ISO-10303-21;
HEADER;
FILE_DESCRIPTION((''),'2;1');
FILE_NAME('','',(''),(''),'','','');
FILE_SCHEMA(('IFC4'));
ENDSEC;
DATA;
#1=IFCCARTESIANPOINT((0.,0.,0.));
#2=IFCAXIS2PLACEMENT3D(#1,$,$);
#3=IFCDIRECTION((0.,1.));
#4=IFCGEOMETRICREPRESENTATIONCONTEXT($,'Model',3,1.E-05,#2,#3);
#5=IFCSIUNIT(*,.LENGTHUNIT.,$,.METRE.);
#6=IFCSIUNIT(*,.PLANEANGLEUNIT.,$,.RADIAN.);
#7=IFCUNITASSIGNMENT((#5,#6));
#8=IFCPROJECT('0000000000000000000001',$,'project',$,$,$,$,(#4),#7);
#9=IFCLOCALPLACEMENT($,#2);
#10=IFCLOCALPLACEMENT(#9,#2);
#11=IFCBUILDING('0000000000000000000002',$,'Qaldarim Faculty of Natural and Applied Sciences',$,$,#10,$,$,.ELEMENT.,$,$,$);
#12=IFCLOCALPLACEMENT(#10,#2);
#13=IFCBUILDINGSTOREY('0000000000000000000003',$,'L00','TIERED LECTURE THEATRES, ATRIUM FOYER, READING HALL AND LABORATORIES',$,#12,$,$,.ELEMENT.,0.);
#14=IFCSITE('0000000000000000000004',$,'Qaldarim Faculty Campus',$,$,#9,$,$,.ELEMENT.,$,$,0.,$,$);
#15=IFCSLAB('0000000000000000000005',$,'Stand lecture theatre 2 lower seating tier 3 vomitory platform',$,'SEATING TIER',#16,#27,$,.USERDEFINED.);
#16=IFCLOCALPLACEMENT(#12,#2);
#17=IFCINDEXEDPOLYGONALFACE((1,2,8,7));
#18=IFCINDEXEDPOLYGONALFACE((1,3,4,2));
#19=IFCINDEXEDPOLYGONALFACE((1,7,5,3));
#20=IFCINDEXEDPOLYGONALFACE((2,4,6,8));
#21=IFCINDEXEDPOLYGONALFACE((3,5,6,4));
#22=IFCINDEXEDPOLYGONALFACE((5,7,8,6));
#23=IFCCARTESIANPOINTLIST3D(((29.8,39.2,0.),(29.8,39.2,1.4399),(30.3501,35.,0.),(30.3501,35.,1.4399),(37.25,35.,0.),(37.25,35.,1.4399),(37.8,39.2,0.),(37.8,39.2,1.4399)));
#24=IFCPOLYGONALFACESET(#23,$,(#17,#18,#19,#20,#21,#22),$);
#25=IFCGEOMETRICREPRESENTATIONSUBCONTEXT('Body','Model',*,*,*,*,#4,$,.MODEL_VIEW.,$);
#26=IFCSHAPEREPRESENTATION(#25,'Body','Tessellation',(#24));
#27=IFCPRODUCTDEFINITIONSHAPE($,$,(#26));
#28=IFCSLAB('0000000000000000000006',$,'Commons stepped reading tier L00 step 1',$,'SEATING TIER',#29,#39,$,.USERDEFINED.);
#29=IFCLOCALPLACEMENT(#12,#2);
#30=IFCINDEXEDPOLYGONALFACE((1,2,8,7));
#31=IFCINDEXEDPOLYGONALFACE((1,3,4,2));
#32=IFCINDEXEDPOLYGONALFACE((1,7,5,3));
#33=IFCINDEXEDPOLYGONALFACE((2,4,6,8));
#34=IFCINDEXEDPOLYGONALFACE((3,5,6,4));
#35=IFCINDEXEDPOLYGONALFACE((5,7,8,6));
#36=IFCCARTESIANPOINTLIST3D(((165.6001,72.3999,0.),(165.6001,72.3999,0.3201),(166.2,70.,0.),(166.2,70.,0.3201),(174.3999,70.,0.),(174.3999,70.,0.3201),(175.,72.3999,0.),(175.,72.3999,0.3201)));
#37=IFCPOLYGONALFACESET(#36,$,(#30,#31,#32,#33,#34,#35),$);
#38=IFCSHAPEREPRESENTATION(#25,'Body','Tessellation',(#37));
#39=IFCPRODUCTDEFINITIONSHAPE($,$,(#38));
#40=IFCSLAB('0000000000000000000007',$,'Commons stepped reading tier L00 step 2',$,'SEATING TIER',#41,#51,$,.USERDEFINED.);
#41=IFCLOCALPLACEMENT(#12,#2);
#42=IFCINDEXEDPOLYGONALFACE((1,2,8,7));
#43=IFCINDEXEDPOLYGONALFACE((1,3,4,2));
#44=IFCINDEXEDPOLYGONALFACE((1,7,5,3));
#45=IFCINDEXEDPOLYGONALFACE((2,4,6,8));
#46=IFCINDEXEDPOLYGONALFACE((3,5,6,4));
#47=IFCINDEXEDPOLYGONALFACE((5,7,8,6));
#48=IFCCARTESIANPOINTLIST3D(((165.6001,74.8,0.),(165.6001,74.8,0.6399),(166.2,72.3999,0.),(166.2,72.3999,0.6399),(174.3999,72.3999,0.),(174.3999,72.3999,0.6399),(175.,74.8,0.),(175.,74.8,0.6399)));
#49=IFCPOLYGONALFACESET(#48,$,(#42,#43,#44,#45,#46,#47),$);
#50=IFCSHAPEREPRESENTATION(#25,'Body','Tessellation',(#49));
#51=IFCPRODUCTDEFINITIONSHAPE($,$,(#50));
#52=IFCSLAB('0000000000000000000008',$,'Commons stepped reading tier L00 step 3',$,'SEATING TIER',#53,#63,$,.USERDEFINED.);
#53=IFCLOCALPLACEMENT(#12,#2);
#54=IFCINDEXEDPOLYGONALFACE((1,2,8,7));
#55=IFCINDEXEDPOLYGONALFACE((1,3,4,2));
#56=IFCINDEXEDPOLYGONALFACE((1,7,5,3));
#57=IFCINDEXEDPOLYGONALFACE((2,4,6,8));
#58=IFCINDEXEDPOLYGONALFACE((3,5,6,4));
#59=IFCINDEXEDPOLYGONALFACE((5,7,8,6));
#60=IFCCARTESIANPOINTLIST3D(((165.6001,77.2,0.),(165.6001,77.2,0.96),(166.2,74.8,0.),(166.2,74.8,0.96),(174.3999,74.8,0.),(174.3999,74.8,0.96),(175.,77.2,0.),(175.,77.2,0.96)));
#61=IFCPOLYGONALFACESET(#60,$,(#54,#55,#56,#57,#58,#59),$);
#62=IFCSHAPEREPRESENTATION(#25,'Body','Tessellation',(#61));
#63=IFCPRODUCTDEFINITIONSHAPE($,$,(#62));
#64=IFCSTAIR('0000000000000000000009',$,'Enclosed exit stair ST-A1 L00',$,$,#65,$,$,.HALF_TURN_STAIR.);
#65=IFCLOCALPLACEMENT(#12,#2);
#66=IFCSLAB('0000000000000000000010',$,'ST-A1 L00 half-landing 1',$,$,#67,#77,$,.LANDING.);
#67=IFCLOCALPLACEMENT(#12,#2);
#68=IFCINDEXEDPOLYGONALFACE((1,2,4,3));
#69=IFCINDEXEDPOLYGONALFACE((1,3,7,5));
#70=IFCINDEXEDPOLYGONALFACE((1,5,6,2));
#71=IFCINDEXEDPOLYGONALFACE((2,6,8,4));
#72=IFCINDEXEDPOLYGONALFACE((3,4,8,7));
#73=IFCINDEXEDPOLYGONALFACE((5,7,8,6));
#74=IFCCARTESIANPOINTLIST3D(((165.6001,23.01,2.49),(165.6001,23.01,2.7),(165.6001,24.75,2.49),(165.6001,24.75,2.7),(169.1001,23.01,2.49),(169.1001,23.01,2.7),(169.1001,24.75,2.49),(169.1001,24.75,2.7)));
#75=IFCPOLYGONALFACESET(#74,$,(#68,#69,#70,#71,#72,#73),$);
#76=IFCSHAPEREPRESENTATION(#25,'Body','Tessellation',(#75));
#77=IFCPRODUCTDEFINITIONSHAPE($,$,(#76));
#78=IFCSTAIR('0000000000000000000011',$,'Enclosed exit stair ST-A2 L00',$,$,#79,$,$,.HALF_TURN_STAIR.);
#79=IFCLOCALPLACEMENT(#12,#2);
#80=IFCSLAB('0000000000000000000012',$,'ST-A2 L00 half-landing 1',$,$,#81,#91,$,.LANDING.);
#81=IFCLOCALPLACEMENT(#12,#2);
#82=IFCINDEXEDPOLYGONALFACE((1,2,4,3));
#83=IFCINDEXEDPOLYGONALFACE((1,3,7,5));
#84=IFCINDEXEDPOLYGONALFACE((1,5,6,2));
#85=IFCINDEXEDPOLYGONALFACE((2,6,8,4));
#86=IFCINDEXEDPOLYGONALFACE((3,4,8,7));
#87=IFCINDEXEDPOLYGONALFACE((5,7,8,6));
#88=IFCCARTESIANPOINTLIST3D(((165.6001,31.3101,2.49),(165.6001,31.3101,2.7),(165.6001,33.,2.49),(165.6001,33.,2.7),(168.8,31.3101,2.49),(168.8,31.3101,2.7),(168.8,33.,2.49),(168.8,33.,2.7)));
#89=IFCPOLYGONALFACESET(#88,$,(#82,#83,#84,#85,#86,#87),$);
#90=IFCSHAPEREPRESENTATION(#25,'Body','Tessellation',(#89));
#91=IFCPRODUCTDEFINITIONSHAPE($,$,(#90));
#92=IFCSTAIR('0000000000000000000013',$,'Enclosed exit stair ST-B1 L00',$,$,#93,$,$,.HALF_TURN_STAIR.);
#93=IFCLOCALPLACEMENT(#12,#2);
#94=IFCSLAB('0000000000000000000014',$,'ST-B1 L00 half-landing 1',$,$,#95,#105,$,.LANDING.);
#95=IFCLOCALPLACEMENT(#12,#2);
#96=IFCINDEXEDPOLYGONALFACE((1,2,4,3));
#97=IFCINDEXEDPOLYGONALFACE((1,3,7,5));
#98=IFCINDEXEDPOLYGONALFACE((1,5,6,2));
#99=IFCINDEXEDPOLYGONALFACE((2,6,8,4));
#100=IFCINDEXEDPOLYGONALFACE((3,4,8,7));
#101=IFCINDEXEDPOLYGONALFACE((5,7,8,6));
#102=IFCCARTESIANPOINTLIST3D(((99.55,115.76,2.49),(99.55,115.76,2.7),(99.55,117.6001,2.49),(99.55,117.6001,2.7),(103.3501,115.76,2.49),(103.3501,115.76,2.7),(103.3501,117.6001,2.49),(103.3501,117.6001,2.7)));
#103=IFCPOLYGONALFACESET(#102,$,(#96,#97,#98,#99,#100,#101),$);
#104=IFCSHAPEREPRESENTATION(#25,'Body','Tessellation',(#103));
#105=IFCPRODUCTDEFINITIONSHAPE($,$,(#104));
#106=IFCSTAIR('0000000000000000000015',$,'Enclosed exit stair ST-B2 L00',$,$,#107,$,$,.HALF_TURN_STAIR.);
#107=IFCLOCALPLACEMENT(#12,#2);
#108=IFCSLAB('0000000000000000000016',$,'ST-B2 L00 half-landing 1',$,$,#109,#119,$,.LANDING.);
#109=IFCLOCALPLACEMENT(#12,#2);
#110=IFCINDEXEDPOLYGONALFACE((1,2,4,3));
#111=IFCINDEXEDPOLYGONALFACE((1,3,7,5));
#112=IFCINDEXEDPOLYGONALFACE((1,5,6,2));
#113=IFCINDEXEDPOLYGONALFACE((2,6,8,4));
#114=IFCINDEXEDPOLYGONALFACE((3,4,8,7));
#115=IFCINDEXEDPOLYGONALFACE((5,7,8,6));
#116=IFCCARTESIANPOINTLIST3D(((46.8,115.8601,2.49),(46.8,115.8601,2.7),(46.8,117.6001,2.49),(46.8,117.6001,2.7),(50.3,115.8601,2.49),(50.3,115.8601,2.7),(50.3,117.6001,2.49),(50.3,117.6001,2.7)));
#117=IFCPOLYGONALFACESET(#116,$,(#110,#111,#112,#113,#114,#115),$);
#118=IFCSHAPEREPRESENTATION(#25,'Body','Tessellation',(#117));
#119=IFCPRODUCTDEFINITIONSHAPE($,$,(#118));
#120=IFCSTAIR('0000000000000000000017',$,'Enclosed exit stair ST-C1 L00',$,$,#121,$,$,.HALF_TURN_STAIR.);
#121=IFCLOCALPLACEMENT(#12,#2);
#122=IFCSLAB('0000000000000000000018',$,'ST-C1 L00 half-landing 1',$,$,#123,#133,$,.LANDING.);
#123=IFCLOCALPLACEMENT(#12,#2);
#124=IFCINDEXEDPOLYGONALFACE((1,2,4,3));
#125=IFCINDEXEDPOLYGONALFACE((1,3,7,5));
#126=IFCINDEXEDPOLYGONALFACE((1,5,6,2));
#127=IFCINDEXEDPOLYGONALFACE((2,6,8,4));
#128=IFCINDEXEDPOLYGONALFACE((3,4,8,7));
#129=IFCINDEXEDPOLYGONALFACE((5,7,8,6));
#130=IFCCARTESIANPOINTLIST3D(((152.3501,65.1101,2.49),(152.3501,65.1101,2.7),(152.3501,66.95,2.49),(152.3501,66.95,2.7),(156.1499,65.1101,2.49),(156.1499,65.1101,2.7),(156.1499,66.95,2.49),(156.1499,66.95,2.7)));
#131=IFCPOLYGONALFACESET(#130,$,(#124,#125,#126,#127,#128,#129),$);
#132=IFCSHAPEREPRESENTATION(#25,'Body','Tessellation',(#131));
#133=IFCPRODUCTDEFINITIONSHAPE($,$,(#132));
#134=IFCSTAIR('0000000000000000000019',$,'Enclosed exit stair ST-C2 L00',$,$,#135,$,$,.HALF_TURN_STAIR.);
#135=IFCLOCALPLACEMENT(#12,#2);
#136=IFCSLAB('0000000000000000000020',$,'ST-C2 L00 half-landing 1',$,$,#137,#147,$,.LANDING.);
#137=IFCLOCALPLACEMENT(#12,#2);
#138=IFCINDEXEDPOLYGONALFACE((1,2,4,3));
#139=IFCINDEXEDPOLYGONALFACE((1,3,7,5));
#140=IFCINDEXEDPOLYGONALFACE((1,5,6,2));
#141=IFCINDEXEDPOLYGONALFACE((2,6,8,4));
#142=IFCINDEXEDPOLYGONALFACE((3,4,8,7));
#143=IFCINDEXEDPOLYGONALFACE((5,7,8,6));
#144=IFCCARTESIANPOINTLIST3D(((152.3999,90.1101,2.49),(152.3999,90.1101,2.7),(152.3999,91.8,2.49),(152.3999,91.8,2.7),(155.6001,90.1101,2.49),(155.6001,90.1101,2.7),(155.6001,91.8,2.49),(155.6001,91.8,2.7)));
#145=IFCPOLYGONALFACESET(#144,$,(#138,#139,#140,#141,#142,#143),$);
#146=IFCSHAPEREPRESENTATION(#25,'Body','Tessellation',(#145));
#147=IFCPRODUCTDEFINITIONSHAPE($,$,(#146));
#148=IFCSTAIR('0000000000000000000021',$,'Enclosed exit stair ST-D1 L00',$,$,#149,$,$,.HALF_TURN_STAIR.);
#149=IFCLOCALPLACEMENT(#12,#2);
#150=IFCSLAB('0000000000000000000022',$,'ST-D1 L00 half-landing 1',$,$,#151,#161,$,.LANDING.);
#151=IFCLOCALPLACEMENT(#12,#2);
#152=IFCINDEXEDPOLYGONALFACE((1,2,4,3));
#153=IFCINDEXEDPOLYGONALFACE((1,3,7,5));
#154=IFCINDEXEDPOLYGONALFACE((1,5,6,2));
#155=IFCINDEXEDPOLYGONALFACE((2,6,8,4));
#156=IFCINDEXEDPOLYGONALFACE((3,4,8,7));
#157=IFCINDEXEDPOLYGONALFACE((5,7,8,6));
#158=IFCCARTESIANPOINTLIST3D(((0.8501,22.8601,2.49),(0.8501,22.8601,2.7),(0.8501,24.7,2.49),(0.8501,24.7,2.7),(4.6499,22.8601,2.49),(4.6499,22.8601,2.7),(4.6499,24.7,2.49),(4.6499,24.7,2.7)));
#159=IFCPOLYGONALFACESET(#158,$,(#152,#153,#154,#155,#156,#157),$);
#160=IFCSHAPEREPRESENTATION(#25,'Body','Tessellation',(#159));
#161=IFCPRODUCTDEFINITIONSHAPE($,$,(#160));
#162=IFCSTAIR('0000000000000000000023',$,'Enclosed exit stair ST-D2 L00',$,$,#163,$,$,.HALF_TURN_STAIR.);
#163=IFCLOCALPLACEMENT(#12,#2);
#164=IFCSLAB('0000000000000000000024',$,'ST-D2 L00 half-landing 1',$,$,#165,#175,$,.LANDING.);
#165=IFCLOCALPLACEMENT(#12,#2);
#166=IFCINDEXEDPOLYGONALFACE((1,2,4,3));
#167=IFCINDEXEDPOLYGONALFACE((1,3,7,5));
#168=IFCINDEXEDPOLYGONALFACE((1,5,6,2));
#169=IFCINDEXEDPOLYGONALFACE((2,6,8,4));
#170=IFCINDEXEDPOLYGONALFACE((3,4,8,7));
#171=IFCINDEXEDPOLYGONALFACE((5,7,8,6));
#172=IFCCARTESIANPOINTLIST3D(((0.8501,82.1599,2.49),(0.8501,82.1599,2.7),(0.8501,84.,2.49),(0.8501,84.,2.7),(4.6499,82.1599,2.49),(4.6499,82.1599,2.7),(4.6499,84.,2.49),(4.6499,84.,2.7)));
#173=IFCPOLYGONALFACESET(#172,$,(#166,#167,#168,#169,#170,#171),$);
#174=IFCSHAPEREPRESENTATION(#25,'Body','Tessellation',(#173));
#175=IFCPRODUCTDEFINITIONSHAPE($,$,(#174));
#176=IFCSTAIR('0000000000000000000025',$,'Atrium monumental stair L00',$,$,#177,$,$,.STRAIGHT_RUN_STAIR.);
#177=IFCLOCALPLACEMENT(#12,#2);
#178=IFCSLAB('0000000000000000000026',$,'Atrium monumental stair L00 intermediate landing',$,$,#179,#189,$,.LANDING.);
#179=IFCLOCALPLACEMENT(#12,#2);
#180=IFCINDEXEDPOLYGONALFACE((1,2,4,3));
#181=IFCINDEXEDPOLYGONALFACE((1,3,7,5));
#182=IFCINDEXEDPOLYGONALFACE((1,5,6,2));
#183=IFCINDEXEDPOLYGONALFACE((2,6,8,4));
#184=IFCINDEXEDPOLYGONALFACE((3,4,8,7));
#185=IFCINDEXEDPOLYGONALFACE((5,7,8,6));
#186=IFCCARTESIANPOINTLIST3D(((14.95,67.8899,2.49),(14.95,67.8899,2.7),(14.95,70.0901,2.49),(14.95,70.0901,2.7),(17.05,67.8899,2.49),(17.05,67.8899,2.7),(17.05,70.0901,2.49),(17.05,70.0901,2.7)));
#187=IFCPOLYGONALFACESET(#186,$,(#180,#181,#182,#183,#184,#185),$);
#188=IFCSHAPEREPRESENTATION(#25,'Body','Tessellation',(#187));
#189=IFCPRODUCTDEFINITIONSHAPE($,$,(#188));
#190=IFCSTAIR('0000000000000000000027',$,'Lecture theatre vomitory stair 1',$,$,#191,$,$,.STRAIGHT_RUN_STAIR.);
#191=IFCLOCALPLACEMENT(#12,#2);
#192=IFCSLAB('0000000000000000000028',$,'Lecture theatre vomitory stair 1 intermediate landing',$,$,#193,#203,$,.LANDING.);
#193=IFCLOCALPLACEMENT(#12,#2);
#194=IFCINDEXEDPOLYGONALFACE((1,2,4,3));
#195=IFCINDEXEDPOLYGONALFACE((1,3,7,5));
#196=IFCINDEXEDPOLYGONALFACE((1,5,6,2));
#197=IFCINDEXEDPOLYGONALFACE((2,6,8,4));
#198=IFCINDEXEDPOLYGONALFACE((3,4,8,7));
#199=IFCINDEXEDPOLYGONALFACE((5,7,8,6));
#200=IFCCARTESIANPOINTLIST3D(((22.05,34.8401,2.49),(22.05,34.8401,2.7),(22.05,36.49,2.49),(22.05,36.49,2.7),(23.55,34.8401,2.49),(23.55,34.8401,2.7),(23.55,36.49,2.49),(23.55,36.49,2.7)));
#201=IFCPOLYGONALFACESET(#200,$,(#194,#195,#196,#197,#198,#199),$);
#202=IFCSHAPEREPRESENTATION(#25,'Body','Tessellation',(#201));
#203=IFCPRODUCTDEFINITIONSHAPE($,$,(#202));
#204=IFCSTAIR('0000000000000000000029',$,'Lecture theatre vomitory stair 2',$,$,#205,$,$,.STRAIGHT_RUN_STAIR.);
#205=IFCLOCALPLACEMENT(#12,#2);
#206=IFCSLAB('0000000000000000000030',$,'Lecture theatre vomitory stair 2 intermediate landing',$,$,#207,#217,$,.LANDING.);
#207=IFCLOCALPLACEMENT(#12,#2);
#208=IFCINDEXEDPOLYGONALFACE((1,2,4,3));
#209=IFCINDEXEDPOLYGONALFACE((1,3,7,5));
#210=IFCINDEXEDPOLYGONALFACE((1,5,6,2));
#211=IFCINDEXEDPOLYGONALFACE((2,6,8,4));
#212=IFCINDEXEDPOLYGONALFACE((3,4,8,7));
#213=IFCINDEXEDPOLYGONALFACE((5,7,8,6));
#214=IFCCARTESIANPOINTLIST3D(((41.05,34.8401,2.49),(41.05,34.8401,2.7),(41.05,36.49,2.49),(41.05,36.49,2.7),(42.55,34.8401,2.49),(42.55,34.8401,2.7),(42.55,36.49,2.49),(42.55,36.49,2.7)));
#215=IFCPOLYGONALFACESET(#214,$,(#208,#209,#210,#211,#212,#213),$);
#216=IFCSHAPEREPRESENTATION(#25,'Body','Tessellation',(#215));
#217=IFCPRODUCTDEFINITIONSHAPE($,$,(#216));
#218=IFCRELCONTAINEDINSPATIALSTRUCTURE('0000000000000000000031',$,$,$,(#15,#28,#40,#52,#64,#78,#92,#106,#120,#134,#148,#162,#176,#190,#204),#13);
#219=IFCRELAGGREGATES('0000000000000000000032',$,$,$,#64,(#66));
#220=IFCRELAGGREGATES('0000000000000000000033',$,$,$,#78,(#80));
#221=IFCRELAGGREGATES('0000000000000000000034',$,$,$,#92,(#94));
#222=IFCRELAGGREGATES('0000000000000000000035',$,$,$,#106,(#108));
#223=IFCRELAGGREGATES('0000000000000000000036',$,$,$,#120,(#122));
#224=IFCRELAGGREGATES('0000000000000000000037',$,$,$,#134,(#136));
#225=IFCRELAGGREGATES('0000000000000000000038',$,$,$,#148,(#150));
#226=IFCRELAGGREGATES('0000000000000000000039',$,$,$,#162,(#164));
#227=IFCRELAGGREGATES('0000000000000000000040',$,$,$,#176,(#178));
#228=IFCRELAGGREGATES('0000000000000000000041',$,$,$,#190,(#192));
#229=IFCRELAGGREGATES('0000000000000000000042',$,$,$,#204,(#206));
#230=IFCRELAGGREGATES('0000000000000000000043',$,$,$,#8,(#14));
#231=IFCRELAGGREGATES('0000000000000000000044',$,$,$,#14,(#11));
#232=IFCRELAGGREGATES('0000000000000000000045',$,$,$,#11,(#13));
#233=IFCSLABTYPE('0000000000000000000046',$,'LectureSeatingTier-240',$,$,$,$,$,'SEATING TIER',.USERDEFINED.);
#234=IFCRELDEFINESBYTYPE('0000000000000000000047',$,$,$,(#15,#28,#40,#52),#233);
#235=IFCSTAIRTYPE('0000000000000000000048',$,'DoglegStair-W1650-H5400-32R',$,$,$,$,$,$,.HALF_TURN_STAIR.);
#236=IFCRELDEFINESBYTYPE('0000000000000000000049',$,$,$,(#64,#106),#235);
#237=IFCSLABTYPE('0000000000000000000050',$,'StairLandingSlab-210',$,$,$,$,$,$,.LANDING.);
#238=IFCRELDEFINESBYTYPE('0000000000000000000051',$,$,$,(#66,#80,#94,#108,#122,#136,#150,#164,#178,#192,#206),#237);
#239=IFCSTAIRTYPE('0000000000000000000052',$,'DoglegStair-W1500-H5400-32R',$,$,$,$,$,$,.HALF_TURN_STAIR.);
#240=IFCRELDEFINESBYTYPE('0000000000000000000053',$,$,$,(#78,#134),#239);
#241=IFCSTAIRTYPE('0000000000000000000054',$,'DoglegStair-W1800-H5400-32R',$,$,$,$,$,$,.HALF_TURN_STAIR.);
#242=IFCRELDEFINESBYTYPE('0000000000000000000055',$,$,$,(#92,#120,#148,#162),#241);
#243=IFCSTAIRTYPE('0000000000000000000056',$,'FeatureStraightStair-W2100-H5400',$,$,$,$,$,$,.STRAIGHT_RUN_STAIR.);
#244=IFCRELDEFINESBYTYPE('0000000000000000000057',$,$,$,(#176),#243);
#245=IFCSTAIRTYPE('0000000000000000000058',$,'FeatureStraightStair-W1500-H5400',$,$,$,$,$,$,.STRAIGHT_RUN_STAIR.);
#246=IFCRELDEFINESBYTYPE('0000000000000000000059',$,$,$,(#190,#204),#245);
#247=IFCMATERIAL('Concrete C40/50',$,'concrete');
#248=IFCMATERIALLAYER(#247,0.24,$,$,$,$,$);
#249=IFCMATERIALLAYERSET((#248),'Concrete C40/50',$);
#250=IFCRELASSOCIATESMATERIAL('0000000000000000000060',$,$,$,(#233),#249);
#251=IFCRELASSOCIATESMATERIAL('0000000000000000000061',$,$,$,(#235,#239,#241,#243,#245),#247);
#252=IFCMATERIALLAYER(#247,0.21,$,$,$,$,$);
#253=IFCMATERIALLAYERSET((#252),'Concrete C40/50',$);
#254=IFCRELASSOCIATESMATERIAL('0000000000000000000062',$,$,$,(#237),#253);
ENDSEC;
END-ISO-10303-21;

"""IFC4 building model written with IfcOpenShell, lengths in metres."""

from ifc_helpers import new_model, si_unit, direction, frame, origin, place, context, subcontext, project, spatial, polyline, outline, extrude, material, layer, layer_set, type_object, element, aggregate, save


model = new_model("IFC4")

# Units and contexts
model_context = context("Model", 3, precision=1e-05, world=origin(), true_north=direction((0.0, 1.0)))
body_context = subcontext(model_context, "Body", "Model", "MODEL_VIEW")
ifc_project = project(units=[si_unit("LENGTHUNIT", "METRE"), si_unit("PLANEANGLEUNIT", "RADIAN")], contexts=[model_context])

# Site, building, storey
site_placement = place(None, origin())
site = spatial("IfcSite", under=ifc_project, at=site_placement, Name="Qaldarim Faculty Campus", CompositionType="ELEMENT", RefElevation=0.0)
building_placement = place(site_placement, origin())
building = spatial("IfcBuilding", under=site, at=building_placement, Name="Qaldarim Faculty of Natural and Applied Sciences", CompositionType="ELEMENT")
storey_placement = place(building_placement, origin())
storey = spatial("IfcBuildingStorey", under=building, at=storey_placement, Name="L00", Description="TIERED LECTURE THEATRES, ATRIUM FOYER, READING HALL AND LABORATORIES", CompositionType="ELEMENT", Elevation=0.0)

# Slabs
ifc_material_1 = material(Name="Concrete C40/50", Category="concrete")
ifc_layer_1 = layer(ifc_material_1, 0.24)
ifc_layer_set_1 = layer_set([ifc_layer_1], Name="Concrete C40/50")
slab_type_1 = type_object("IfcSlabType", Name="LectureSeatingTier-240", ElementType="SEATING TIER", PredefinedType="USERDEFINED", material=ifc_layer_set_1)
slab_1_placement = place(storey_placement, origin())
element("IfcSlab", 1, at=slab_1_placement, inside=storey, type_object=slab_type_1, Name="Stand lecture theatre 2 lower seating tier 3 vomitory platform", ObjectType="SEATING TIER", PredefinedType="USERDEFINED", context=body_context, shape_type="SweptSolid", body=[
    extrude(outline(polyline([(30.3501, 35.0), (37.25, 35.0), (37.8, 39.2), (29.8, 39.2), (30.3501, 35.0)])), origin(), (0.0, 0.0, 1.0), 1.4399),
])
slab_2_placement = place(storey_placement, origin())
element("IfcSlab", 2, at=slab_2_placement, inside=storey, type_object=slab_type_1, Name="Commons stepped reading tier L00 step 1", ObjectType="SEATING TIER", PredefinedType="USERDEFINED", context=body_context, shape_type="SweptSolid", body=[
    extrude(outline(polyline([(166.2, 70.0), (174.3999, 70.0), (175.0, 72.3999), (165.6001, 72.3999), (166.2, 70.0)])), origin(), (0.0, 0.0, 1.0), 0.3201),
])
slab_3_placement = place(storey_placement, origin())
element("IfcSlab", 3, at=slab_3_placement, inside=storey, type_object=slab_type_1, Name="Commons stepped reading tier L00 step 2", ObjectType="SEATING TIER", PredefinedType="USERDEFINED", context=body_context, shape_type="SweptSolid", body=[
    extrude(outline(polyline([(166.2, 72.3999), (174.3999, 72.3999), (175.0, 74.8), (165.6001, 74.8), (166.2, 72.3999)])), origin(), (0.0, 0.0, 1.0), 0.6399),
])
slab_4_placement = place(storey_placement, origin())
element("IfcSlab", 4, at=slab_4_placement, inside=storey, type_object=slab_type_1, Name="Commons stepped reading tier L00 step 3", ObjectType="SEATING TIER", PredefinedType="USERDEFINED", context=body_context, shape_type="SweptSolid", body=[
    extrude(outline(polyline([(166.2, 74.8), (174.3999, 74.8), (175.0, 77.2), (165.6001, 77.2), (166.2, 74.8)])), origin(), (0.0, 0.0, 1.0), 0.96),
])

# Stairs, slabs
stair_type_1 = type_object("IfcStairType", Name="DoglegStair-W1650-H5400-32R", PredefinedType="HALF_TURN_STAIR", material=ifc_material_1)
stair_1_placement = place(storey_placement, origin())
stair_1 = element("IfcStair", 5, at=stair_1_placement, inside=storey, type_object=stair_type_1, Name="Enclosed exit stair ST-A1 L00", PredefinedType="HALF_TURN_STAIR")
ifc_layer_2 = layer(ifc_material_1, 0.21)
ifc_layer_set_2 = layer_set([ifc_layer_2], Name="Concrete C40/50")
slab_type_2 = type_object("IfcSlabType", Name="StairLandingSlab-210", PredefinedType="LANDING", material=ifc_layer_set_2)
slab_5_placement = place(storey_placement, frame((0.0, 0.0, 2.49)))
slab_5 = element("IfcSlab", 6, at=slab_5_placement, type_object=slab_type_2, Name="ST-A1 L00 half-landing 1", PredefinedType="LANDING", context=body_context, shape_type="SweptSolid", body=[
    extrude(outline(polyline([(169.1001, 23.01), (169.1001, 24.75), (165.6001, 24.75), (165.6001, 23.01), (169.1001, 23.01)])), origin(), (0.0, 0.0, 1.0), 0.21),
])
aggregate(stair_1, [slab_5])
stair_type_2 = type_object("IfcStairType", Name="DoglegStair-W1500-H5400-32R", PredefinedType="HALF_TURN_STAIR", material=ifc_material_1)
stair_2_placement = place(storey_placement, origin())
stair_2 = element("IfcStair", 7, at=stair_2_placement, inside=storey, type_object=stair_type_2, Name="Enclosed exit stair ST-A2 L00", PredefinedType="HALF_TURN_STAIR")
slab_6_placement = place(storey_placement, frame((0.0, 0.0, 2.49)))
slab_6 = element("IfcSlab", 8, at=slab_6_placement, type_object=slab_type_2, Name="ST-A2 L00 half-landing 1", PredefinedType="LANDING", context=body_context, shape_type="SweptSolid", body=[
    extrude(outline(polyline([(168.8, 31.3101), (168.8, 33.0), (165.6001, 33.0), (165.6001, 31.3101), (168.8, 31.3101)])), origin(), (0.0, 0.0, 1.0), 0.21),
])
aggregate(stair_2, [slab_6])
stair_type_3 = type_object("IfcStairType", Name="DoglegStair-W1800-H5400-32R", PredefinedType="HALF_TURN_STAIR", material=ifc_material_1)
stair_3_placement = place(storey_placement, origin())
stair_3 = element("IfcStair", 9, at=stair_3_placement, inside=storey, type_object=stair_type_3, Name="Enclosed exit stair ST-B1 L00", PredefinedType="HALF_TURN_STAIR")
slab_7_placement = place(storey_placement, frame((0.0, 0.0, 2.49)))
slab_7 = element("IfcSlab", 10, at=slab_7_placement, type_object=slab_type_2, Name="ST-B1 L00 half-landing 1", PredefinedType="LANDING", context=body_context, shape_type="SweptSolid", body=[
    extrude(outline(polyline([(103.3501, 115.76), (103.3501, 117.6001), (99.55, 117.6001), (99.55, 115.76), (103.3501, 115.76)])), origin(), (0.0, 0.0, 1.0), 0.21),
])
aggregate(stair_3, [slab_7])
stair_4_placement = place(storey_placement, origin())
stair_4 = element("IfcStair", 11, at=stair_4_placement, inside=storey, type_object=stair_type_1, Name="Enclosed exit stair ST-B2 L00", PredefinedType="HALF_TURN_STAIR")
slab_8_placement = place(storey_placement, frame((0.0, 0.0, 2.49)))
slab_8 = element("IfcSlab", 12, at=slab_8_placement, type_object=slab_type_2, Name="ST-B2 L00 half-landing 1", PredefinedType="LANDING", context=body_context, shape_type="SweptSolid", body=[
    extrude(outline(polyline([(50.3, 115.8601), (50.3, 117.6001), (46.8, 117.6001), (46.8, 115.8601), (50.3, 115.8601)])), origin(), (0.0, 0.0, 1.0), 0.21),
])
aggregate(stair_4, [slab_8])
stair_5_placement = place(storey_placement, origin())
stair_5 = element("IfcStair", 13, at=stair_5_placement, inside=storey, type_object=stair_type_3, Name="Enclosed exit stair ST-C1 L00", PredefinedType="HALF_TURN_STAIR")
slab_9_placement = place(storey_placement, frame((0.0, 0.0, 2.49)))
slab_9 = element("IfcSlab", 14, at=slab_9_placement, type_object=slab_type_2, Name="ST-C1 L00 half-landing 1", PredefinedType="LANDING", context=body_context, shape_type="SweptSolid", body=[
    extrude(outline(polyline([(156.1499, 65.1101), (156.1499, 66.95), (152.3501, 66.95), (152.3501, 65.1101), (156.1499, 65.1101)])), origin(), (0.0, 0.0, 1.0), 0.21),
])
aggregate(stair_5, [slab_9])
stair_6_placement = place(storey_placement, origin())
stair_6 = element("IfcStair", 15, at=stair_6_placement, inside=storey, type_object=stair_type_2, Name="Enclosed exit stair ST-C2 L00", PredefinedType="HALF_TURN_STAIR")
slab_10_placement = place(storey_placement, frame((0.0, 0.0, 2.49)))
slab_10 = element("IfcSlab", 16, at=slab_10_placement, type_object=slab_type_2, Name="ST-C2 L00 half-landing 1", PredefinedType="LANDING", context=body_context, shape_type="SweptSolid", body=[
    extrude(outline(polyline([(155.6001, 90.1101), (155.6001, 91.8), (152.3999, 91.8), (152.3999, 90.1101), (155.6001, 90.1101)])), origin(), (0.0, 0.0, 1.0), 0.21),
])
aggregate(stair_6, [slab_10])
stair_7_placement = place(storey_placement, origin())
stair_7 = element("IfcStair", 17, at=stair_7_placement, inside=storey, type_object=stair_type_3, Name="Enclosed exit stair ST-D1 L00", PredefinedType="HALF_TURN_STAIR")
slab_11_placement = place(storey_placement, frame((0.0, 0.0, 2.49)))
slab_11 = element("IfcSlab", 18, at=slab_11_placement, type_object=slab_type_2, Name="ST-D1 L00 half-landing 1", PredefinedType="LANDING", context=body_context, shape_type="SweptSolid", body=[
    extrude(outline(polyline([(4.6499, 22.8601), (4.6499, 24.7), (0.8501, 24.7), (0.8501, 22.8601), (4.6499, 22.8601)])), origin(), (0.0, 0.0, 1.0), 0.21),
])
aggregate(stair_7, [slab_11])
stair_8_placement = place(storey_placement, origin())
stair_8 = element("IfcStair", 19, at=stair_8_placement, inside=storey, type_object=stair_type_3, Name="Enclosed exit stair ST-D2 L00", PredefinedType="HALF_TURN_STAIR")
slab_12_placement = place(storey_placement, frame((0.0, 0.0, 2.49)))
slab_12 = element("IfcSlab", 20, at=slab_12_placement, type_object=slab_type_2, Name="ST-D2 L00 half-landing 1", PredefinedType="LANDING", context=body_context, shape_type="SweptSolid", body=[
    extrude(outline(polyline([(4.6499, 82.1599), (4.6499, 84.0), (0.8501, 84.0), (0.8501, 82.1599), (4.6499, 82.1599)])), origin(), (0.0, 0.0, 1.0), 0.21),
])
aggregate(stair_8, [slab_12])
stair_type_4 = type_object("IfcStairType", Name="FeatureStraightStair-W2100-H5400", PredefinedType="STRAIGHT_RUN_STAIR", material=ifc_material_1)
stair_9_placement = place(storey_placement, origin())
stair_9 = element("IfcStair", 21, at=stair_9_placement, inside=storey, type_object=stair_type_4, Name="Atrium monumental stair L00", PredefinedType="STRAIGHT_RUN_STAIR")
slab_13_placement = place(storey_placement, frame((0.0, 0.0, 2.49)))
slab_13 = element("IfcSlab", 22, at=slab_13_placement, type_object=slab_type_2, Name="Atrium monumental stair L00 intermediate landing", PredefinedType="LANDING", context=body_context, shape_type="SweptSolid", body=[
    extrude(outline(polyline([(14.95, 67.8899), (17.05, 67.8899), (17.05, 70.0901), (14.95, 70.0901), (14.95, 67.8899)])), origin(), (0.0, 0.0, 1.0), 0.21),
])
aggregate(stair_9, [slab_13])
stair_type_5 = type_object("IfcStairType", Name="FeatureStraightStair-W1500-H5400", PredefinedType="STRAIGHT_RUN_STAIR", material=ifc_material_1)
stair_10_placement = place(storey_placement, origin())
stair_10 = element("IfcStair", 23, at=stair_10_placement, inside=storey, type_object=stair_type_5, Name="Lecture theatre vomitory stair 1", PredefinedType="STRAIGHT_RUN_STAIR")
slab_14_placement = place(storey_placement, frame((0.0, 0.0, 2.49)))
slab_14 = element("IfcSlab", 24, at=slab_14_placement, type_object=slab_type_2, Name="Lecture theatre vomitory stair 1 intermediate landing", PredefinedType="LANDING", context=body_context, shape_type="SweptSolid", body=[
    extrude(outline(polyline([(22.05, 34.8401), (23.55, 34.8401), (23.55, 36.49), (22.05, 36.49), (22.05, 34.8401)])), origin(), (0.0, 0.0, 1.0), 0.21),
])
aggregate(stair_10, [slab_14])
stair_11_placement = place(storey_placement, origin())
stair_11 = element("IfcStair", 25, at=stair_11_placement, inside=storey, type_object=stair_type_5, Name="Lecture theatre vomitory stair 2", PredefinedType="STRAIGHT_RUN_STAIR")
slab_15_placement = place(storey_placement, frame((0.0, 0.0, 2.49)))
slab_15 = element("IfcSlab", 26, at=slab_15_placement, type_object=slab_type_2, Name="Lecture theatre vomitory stair 2 intermediate landing", PredefinedType="LANDING", context=body_context, shape_type="SweptSolid", body=[
    extrude(outline(polyline([(41.05, 34.8401), (42.55, 34.8401), (42.55, 36.49), (41.05, 36.49), (41.05, 34.8401)])), origin(), (0.0, 0.0, 1.0), 0.21),
])
aggregate(stair_11, [slab_15])

save(model, "model.ifc")
